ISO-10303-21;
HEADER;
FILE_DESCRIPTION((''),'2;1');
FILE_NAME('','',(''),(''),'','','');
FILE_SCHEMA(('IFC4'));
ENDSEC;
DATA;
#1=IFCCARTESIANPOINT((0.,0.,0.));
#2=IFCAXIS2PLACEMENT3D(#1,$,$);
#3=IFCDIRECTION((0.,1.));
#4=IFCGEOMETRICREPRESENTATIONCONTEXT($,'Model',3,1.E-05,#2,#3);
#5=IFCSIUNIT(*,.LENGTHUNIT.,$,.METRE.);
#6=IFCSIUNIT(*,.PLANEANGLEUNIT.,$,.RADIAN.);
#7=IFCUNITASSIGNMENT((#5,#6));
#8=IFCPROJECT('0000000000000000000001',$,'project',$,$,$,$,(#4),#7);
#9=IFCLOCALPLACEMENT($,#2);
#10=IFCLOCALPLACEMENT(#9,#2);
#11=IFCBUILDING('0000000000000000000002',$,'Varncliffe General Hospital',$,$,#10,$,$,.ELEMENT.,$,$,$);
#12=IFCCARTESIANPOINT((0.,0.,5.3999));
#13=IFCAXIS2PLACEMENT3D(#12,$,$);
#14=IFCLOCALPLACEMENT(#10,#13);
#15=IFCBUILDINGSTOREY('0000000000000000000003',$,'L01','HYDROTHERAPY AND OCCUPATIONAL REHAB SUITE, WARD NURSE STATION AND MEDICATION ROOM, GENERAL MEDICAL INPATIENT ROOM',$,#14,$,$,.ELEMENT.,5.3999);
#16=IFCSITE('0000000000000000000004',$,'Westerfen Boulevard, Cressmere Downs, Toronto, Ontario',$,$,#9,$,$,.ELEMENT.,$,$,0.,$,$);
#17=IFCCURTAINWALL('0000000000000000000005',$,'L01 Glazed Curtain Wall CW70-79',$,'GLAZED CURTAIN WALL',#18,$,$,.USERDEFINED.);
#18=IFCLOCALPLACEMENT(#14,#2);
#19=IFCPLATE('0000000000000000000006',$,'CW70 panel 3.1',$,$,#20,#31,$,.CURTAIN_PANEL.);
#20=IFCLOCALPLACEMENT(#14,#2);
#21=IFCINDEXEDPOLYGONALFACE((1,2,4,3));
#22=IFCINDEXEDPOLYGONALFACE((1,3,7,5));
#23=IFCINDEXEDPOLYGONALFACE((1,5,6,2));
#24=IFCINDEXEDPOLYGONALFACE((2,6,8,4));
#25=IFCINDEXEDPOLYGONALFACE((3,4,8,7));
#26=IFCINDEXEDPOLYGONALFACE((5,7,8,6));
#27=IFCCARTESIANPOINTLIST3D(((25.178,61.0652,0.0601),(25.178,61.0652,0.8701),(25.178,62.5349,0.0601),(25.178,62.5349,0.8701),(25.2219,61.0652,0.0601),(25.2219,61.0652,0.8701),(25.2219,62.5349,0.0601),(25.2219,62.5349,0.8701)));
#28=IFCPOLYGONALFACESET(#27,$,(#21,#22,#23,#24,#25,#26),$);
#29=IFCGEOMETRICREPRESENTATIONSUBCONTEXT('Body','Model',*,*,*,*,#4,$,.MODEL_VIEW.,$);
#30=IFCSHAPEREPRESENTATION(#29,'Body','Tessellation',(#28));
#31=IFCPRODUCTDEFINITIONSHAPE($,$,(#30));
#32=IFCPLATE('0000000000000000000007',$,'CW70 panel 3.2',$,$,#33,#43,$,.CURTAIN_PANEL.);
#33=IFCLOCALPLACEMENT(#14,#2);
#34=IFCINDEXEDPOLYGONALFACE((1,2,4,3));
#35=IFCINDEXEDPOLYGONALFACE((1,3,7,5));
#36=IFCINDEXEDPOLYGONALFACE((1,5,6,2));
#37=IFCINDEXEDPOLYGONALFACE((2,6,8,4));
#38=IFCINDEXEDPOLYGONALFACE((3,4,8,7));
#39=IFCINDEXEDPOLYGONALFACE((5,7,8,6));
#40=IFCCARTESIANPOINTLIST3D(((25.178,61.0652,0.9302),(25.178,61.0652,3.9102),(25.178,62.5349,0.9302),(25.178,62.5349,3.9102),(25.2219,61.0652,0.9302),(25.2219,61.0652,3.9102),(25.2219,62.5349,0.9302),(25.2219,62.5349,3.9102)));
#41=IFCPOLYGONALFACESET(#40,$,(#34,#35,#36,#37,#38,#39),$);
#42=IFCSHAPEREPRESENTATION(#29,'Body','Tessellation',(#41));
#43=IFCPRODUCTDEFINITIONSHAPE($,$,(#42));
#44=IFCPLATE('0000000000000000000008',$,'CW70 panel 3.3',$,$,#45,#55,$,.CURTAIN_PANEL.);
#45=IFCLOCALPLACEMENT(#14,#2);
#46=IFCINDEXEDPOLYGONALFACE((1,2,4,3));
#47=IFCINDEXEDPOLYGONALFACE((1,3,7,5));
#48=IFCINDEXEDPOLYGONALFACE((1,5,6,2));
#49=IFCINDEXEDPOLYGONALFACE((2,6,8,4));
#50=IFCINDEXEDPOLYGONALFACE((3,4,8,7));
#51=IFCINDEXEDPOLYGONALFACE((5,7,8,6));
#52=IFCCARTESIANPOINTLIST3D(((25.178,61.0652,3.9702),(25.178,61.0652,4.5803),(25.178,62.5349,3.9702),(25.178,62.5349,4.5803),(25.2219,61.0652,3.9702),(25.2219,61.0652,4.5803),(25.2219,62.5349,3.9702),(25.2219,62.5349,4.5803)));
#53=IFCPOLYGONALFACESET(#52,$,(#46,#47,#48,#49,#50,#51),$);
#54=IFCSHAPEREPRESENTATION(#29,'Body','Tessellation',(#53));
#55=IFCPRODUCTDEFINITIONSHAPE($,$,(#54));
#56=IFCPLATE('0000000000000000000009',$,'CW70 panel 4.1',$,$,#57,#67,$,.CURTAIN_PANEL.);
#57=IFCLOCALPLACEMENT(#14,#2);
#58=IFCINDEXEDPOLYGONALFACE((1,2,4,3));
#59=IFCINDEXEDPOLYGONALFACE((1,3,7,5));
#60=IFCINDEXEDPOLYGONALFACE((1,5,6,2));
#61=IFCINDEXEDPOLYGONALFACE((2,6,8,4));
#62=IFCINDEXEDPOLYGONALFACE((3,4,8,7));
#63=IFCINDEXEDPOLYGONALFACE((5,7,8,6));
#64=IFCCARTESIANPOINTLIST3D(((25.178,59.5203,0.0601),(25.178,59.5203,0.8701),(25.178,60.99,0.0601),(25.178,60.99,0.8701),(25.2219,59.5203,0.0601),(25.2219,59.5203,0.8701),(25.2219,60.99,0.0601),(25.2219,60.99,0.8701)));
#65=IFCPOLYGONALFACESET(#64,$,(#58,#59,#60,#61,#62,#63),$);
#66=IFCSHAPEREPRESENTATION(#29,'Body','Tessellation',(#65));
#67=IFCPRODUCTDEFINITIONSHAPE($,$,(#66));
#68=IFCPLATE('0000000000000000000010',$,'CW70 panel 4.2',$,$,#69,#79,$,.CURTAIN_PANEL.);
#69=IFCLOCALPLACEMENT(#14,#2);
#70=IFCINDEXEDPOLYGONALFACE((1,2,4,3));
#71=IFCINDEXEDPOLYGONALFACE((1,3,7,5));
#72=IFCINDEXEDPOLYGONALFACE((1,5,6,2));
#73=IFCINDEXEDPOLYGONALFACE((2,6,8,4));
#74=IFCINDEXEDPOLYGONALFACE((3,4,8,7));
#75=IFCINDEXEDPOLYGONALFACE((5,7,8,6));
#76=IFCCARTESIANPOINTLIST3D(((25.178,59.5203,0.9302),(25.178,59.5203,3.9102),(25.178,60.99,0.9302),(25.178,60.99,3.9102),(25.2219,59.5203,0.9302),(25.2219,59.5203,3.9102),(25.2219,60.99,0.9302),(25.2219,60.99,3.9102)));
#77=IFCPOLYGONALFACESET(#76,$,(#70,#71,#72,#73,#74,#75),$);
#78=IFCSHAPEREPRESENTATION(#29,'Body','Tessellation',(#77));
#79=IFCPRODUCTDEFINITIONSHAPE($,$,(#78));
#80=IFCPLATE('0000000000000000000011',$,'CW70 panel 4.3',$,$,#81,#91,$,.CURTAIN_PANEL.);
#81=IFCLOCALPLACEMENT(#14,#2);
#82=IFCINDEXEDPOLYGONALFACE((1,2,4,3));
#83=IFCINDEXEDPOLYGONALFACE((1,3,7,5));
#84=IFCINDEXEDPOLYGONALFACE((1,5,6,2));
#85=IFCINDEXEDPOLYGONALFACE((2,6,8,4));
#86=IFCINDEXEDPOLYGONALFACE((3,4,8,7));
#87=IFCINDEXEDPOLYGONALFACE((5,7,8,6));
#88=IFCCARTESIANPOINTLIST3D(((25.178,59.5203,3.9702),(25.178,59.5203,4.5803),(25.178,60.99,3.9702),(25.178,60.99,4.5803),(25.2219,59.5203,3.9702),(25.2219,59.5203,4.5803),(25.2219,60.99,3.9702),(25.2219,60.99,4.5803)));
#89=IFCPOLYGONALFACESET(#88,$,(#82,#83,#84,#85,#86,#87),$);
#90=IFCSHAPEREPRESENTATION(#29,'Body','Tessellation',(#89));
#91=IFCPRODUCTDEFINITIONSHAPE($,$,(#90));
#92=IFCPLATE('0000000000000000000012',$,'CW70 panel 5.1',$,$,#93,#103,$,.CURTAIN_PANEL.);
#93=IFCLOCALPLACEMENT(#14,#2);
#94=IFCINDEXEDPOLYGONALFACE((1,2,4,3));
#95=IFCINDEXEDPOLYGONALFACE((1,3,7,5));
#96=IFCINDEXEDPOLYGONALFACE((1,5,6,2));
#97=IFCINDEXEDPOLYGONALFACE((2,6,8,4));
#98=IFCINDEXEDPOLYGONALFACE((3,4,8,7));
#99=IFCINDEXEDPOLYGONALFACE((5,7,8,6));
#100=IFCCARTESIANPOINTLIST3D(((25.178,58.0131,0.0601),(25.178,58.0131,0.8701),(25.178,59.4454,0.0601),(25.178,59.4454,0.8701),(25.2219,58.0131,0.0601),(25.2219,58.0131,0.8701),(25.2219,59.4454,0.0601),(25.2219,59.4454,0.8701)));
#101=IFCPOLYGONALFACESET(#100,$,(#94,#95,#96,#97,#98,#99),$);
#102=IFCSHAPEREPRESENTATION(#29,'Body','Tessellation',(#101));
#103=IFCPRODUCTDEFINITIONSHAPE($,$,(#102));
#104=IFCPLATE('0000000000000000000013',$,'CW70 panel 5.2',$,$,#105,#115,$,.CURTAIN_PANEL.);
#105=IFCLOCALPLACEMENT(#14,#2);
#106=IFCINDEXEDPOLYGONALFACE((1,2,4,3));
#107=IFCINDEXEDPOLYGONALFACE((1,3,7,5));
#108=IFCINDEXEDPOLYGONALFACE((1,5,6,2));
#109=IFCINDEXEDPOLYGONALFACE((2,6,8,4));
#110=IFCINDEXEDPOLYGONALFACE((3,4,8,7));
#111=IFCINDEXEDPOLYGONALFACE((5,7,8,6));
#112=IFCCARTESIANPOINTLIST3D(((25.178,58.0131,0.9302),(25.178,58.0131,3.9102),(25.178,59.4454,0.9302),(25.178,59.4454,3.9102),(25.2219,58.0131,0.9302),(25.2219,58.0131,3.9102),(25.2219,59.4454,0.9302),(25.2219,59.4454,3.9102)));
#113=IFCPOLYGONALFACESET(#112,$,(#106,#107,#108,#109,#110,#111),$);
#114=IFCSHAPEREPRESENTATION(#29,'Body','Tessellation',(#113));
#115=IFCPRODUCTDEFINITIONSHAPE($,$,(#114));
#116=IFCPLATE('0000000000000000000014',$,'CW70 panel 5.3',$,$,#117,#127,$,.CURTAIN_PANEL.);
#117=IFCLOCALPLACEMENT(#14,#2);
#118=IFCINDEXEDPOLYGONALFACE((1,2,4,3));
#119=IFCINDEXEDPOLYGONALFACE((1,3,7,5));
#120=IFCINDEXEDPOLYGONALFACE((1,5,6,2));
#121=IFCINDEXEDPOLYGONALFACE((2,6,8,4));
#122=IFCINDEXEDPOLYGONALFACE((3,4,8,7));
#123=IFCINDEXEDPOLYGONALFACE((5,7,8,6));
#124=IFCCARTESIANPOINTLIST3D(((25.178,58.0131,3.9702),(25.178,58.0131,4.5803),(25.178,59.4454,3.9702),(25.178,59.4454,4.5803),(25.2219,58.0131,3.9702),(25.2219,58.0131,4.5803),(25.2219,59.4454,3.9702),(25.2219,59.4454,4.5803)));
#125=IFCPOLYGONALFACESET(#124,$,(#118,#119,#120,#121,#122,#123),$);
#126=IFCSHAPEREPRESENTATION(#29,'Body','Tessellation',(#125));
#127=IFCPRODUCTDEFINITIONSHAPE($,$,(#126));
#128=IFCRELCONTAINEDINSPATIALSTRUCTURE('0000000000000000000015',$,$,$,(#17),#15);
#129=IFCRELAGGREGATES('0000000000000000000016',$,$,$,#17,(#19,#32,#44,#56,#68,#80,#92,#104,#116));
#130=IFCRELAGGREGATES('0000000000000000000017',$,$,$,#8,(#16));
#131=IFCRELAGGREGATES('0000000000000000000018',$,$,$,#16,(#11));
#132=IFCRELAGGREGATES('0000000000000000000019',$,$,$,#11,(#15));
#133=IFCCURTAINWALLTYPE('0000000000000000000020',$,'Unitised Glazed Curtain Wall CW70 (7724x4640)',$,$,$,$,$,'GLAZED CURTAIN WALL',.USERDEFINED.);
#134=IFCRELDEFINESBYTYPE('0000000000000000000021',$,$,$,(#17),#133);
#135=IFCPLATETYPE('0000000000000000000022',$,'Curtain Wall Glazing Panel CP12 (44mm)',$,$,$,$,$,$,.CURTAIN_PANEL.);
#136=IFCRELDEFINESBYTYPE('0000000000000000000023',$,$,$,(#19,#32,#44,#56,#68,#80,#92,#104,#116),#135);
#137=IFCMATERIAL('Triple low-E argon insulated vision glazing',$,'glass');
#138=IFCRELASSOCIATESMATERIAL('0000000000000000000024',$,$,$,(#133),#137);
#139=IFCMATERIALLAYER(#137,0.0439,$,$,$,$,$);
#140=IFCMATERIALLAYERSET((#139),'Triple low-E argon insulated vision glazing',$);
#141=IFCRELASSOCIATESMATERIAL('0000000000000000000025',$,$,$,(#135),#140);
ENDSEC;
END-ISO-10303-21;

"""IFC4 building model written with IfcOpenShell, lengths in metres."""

from ifc_helpers import new_model, si_unit, direction, frame, origin, origin_2d, place, context, subcontext, project, spatial, rectangle, extrude, material, layer, layer_set, type_object, element, aggregate, save


model = new_model("IFC4")

# Units and contexts
model_context = context("Model", 3, precision=1e-05, world=origin(), true_north=direction((0.0, 1.0)))
body_context = subcontext(model_context, "Body", "Model", "MODEL_VIEW")
ifc_project = project(units=[si_unit("LENGTHUNIT", "METRE"), si_unit("PLANEANGLEUNIT", "RADIAN")], contexts=[model_context])

# Site, building, storey
site_placement = place(None, origin())
site = spatial("IfcSite", under=ifc_project, at=site_placement, Name="Westerfen Boulevard, Cressmere Downs, Toronto, Ontario", CompositionType="ELEMENT", RefElevation=0.0)
building_placement = place(site_placement, origin())
building = spatial("IfcBuilding", under=site, at=building_placement, Name="Varncliffe General Hospital", CompositionType="ELEMENT")
storey_placement = place(building_placement, frame((0.0, 0.0, 5.3999)))
storey = spatial("IfcBuildingStorey", under=building, at=storey_placement, Name="L01", Description="HYDROTHERAPY AND OCCUPATIONAL REHAB SUITE, WARD NURSE STATION AND MEDICATION ROOM, GENERAL MEDICAL INPATIENT ROOM", CompositionType="ELEMENT", Elevation=5.3999)

# Curtain wall
ifc_material_1 = material(Name="Triple low-E argon insulated vision glazing", Category="glass")
curtain_wall_type = type_object("IfcCurtainWallType", Name="Unitised Glazed Curtain Wall CW70 (7724x4640)", ElementType="GLAZED CURTAIN WALL", PredefinedType="USERDEFINED", material=ifc_material_1)
curtain_wall_placement = place(storey_placement, origin())
curtain_wall = element("IfcCurtainWall", 1, at=curtain_wall_placement, inside=storey, type_object=curtain_wall_type, Name="L01 Glazed Curtain Wall CW70-79", ObjectType="GLAZED CURTAIN WALL", PredefinedType="USERDEFINED")

# Plates
ifc_layer = layer(ifc_material_1, 0.0439)
ifc_layer_set = layer_set([ifc_layer], Name="Triple low-E argon insulated vision glazing")
plate_type = type_object("IfcPlateType", Name="Curtain Wall Glazing Panel CP12 (44mm)", PredefinedType="CURTAIN_PANEL", material=ifc_layer_set)
plate_1_placement = place(storey_placement, frame((25.2, 61.8, 0.0601), z_axis=(0.0, 0.0, 1.0), x_axis=(0.0, -1.0, 0.0)))
plate_1 = element("IfcPlate", 2, at=plate_1_placement, type_object=plate_type, Name="CW70 panel 3.1", PredefinedType="CURTAIN_PANEL", context=body_context, shape_type="SweptSolid", body=[
    extrude(rectangle(XDim=1.4697, YDim=0.0439, at=origin_2d()), origin(), (0.0, 0.0, 1.0), 0.8101),
])
plate_2_placement = place(storey_placement, frame((25.2, 61.8, 0.9302), z_axis=(0.0, 0.0, 1.0), x_axis=(0.0, -1.0, 0.0)))
plate_2 = element("IfcPlate", 3, at=plate_2_placement, type_object=plate_type, Name="CW70 panel 3.2", PredefinedType="CURTAIN_PANEL", context=body_context, shape_type="SweptSolid", body=[
    extrude(rectangle(XDim=1.4697, YDim=0.0439, at=origin_2d()), origin(), (0.0, 0.0, 1.0), 2.98),
])
plate_3_placement = place(storey_placement, frame((25.2, 61.8, 3.9702), z_axis=(0.0, 0.0, 1.0), x_axis=(0.0, -1.0, 0.0)))
plate_3 = element("IfcPlate", 4, at=plate_3_placement, type_object=plate_type, Name="CW70 panel 3.3", PredefinedType="CURTAIN_PANEL", context=body_context, shape_type="SweptSolid", body=[
    extrude(rectangle(XDim=1.4697, YDim=0.0439, at=origin_2d()), origin(), (0.0, 0.0, 1.0), 0.6101),
])
plate_4_placement = place(storey_placement, frame((25.2, 60.2551, 0.0601), z_axis=(0.0, 0.0, 1.0), x_axis=(0.0, -1.0, 0.0)))
plate_4 = element("IfcPlate", 5, at=plate_4_placement, type_object=plate_type, Name="CW70 panel 4.1", PredefinedType="CURTAIN_PANEL", context=body_context, shape_type="SweptSolid", body=[
    extrude(rectangle(XDim=1.4697, YDim=0.0439, at=origin_2d()), origin(), (0.0, 0.0, 1.0), 0.8101),
])
plate_5_placement = place(storey_placement, frame((25.2, 60.2551, 0.9302), z_axis=(0.0, 0.0, 1.0), x_axis=(0.0, -1.0, 0.0)))
plate_5 = element("IfcPlate", 6, at=plate_5_placement, type_object=plate_type, Name="CW70 panel 4.2", PredefinedType="CURTAIN_PANEL", context=body_context, shape_type="SweptSolid", body=[
    extrude(rectangle(XDim=1.4697, YDim=0.0439, at=origin_2d()), origin(), (0.0, 0.0, 1.0), 2.98),
])
plate_6_placement = place(storey_placement, frame((25.2, 60.2551, 3.9702), z_axis=(0.0, 0.0, 1.0), x_axis=(0.0, -1.0, 0.0)))
plate_6 = element("IfcPlate", 7, at=plate_6_placement, type_object=plate_type, Name="CW70 panel 4.3", PredefinedType="CURTAIN_PANEL", context=body_context, shape_type="SweptSolid", body=[
    extrude(rectangle(XDim=1.4697, YDim=0.0439, at=origin_2d()), origin(), (0.0, 0.0, 1.0), 0.6101),
])
plate_7_placement = place(storey_placement, frame((25.2, 58.7292, 0.0601), z_axis=(0.0, 0.0, 1.0), x_axis=(0.0, -1.0, 0.0)))
plate_7 = element("IfcPlate", 8, at=plate_7_placement, type_object=plate_type, Name="CW70 panel 5.1", PredefinedType="CURTAIN_PANEL", context=body_context, shape_type="SweptSolid", body=[
    extrude(rectangle(XDim=1.4324, YDim=0.0439, at=origin_2d()), origin(), (0.0, 0.0, 1.0), 0.8101),
])
plate_8_placement = place(storey_placement, frame((25.2, 58.7292, 0.9302), z_axis=(0.0, 0.0, 1.0), x_axis=(0.0, -1.0, 0.0)))
plate_8 = element("IfcPlate", 9, at=plate_8_placement, type_object=plate_type, Name="CW70 panel 5.2", PredefinedType="CURTAIN_PANEL", context=body_context, shape_type="SweptSolid", body=[
    extrude(rectangle(XDim=1.4324, YDim=0.0439, at=origin_2d()), origin(), (0.0, 0.0, 1.0), 2.98),
])
plate_9_placement = place(storey_placement, frame((25.2, 58.7292, 3.9702), z_axis=(0.0, 0.0, 1.0), x_axis=(0.0, -1.0, 0.0)))
plate_9 = element("IfcPlate", 10, at=plate_9_placement, type_object=plate_type, Name="CW70 panel 5.3", PredefinedType="CURTAIN_PANEL", context=body_context, shape_type="SweptSolid", body=[
    extrude(rectangle(XDim=1.4324, YDim=0.0439, at=origin_2d()), origin(), (0.0, 0.0, 1.0), 0.6101),
])
aggregate(curtain_wall, [plate_1, plate_2, plate_3, plate_4, plate_5, plate_6, plate_7, plate_8, plate_9])

save(model, "model.ifc")
